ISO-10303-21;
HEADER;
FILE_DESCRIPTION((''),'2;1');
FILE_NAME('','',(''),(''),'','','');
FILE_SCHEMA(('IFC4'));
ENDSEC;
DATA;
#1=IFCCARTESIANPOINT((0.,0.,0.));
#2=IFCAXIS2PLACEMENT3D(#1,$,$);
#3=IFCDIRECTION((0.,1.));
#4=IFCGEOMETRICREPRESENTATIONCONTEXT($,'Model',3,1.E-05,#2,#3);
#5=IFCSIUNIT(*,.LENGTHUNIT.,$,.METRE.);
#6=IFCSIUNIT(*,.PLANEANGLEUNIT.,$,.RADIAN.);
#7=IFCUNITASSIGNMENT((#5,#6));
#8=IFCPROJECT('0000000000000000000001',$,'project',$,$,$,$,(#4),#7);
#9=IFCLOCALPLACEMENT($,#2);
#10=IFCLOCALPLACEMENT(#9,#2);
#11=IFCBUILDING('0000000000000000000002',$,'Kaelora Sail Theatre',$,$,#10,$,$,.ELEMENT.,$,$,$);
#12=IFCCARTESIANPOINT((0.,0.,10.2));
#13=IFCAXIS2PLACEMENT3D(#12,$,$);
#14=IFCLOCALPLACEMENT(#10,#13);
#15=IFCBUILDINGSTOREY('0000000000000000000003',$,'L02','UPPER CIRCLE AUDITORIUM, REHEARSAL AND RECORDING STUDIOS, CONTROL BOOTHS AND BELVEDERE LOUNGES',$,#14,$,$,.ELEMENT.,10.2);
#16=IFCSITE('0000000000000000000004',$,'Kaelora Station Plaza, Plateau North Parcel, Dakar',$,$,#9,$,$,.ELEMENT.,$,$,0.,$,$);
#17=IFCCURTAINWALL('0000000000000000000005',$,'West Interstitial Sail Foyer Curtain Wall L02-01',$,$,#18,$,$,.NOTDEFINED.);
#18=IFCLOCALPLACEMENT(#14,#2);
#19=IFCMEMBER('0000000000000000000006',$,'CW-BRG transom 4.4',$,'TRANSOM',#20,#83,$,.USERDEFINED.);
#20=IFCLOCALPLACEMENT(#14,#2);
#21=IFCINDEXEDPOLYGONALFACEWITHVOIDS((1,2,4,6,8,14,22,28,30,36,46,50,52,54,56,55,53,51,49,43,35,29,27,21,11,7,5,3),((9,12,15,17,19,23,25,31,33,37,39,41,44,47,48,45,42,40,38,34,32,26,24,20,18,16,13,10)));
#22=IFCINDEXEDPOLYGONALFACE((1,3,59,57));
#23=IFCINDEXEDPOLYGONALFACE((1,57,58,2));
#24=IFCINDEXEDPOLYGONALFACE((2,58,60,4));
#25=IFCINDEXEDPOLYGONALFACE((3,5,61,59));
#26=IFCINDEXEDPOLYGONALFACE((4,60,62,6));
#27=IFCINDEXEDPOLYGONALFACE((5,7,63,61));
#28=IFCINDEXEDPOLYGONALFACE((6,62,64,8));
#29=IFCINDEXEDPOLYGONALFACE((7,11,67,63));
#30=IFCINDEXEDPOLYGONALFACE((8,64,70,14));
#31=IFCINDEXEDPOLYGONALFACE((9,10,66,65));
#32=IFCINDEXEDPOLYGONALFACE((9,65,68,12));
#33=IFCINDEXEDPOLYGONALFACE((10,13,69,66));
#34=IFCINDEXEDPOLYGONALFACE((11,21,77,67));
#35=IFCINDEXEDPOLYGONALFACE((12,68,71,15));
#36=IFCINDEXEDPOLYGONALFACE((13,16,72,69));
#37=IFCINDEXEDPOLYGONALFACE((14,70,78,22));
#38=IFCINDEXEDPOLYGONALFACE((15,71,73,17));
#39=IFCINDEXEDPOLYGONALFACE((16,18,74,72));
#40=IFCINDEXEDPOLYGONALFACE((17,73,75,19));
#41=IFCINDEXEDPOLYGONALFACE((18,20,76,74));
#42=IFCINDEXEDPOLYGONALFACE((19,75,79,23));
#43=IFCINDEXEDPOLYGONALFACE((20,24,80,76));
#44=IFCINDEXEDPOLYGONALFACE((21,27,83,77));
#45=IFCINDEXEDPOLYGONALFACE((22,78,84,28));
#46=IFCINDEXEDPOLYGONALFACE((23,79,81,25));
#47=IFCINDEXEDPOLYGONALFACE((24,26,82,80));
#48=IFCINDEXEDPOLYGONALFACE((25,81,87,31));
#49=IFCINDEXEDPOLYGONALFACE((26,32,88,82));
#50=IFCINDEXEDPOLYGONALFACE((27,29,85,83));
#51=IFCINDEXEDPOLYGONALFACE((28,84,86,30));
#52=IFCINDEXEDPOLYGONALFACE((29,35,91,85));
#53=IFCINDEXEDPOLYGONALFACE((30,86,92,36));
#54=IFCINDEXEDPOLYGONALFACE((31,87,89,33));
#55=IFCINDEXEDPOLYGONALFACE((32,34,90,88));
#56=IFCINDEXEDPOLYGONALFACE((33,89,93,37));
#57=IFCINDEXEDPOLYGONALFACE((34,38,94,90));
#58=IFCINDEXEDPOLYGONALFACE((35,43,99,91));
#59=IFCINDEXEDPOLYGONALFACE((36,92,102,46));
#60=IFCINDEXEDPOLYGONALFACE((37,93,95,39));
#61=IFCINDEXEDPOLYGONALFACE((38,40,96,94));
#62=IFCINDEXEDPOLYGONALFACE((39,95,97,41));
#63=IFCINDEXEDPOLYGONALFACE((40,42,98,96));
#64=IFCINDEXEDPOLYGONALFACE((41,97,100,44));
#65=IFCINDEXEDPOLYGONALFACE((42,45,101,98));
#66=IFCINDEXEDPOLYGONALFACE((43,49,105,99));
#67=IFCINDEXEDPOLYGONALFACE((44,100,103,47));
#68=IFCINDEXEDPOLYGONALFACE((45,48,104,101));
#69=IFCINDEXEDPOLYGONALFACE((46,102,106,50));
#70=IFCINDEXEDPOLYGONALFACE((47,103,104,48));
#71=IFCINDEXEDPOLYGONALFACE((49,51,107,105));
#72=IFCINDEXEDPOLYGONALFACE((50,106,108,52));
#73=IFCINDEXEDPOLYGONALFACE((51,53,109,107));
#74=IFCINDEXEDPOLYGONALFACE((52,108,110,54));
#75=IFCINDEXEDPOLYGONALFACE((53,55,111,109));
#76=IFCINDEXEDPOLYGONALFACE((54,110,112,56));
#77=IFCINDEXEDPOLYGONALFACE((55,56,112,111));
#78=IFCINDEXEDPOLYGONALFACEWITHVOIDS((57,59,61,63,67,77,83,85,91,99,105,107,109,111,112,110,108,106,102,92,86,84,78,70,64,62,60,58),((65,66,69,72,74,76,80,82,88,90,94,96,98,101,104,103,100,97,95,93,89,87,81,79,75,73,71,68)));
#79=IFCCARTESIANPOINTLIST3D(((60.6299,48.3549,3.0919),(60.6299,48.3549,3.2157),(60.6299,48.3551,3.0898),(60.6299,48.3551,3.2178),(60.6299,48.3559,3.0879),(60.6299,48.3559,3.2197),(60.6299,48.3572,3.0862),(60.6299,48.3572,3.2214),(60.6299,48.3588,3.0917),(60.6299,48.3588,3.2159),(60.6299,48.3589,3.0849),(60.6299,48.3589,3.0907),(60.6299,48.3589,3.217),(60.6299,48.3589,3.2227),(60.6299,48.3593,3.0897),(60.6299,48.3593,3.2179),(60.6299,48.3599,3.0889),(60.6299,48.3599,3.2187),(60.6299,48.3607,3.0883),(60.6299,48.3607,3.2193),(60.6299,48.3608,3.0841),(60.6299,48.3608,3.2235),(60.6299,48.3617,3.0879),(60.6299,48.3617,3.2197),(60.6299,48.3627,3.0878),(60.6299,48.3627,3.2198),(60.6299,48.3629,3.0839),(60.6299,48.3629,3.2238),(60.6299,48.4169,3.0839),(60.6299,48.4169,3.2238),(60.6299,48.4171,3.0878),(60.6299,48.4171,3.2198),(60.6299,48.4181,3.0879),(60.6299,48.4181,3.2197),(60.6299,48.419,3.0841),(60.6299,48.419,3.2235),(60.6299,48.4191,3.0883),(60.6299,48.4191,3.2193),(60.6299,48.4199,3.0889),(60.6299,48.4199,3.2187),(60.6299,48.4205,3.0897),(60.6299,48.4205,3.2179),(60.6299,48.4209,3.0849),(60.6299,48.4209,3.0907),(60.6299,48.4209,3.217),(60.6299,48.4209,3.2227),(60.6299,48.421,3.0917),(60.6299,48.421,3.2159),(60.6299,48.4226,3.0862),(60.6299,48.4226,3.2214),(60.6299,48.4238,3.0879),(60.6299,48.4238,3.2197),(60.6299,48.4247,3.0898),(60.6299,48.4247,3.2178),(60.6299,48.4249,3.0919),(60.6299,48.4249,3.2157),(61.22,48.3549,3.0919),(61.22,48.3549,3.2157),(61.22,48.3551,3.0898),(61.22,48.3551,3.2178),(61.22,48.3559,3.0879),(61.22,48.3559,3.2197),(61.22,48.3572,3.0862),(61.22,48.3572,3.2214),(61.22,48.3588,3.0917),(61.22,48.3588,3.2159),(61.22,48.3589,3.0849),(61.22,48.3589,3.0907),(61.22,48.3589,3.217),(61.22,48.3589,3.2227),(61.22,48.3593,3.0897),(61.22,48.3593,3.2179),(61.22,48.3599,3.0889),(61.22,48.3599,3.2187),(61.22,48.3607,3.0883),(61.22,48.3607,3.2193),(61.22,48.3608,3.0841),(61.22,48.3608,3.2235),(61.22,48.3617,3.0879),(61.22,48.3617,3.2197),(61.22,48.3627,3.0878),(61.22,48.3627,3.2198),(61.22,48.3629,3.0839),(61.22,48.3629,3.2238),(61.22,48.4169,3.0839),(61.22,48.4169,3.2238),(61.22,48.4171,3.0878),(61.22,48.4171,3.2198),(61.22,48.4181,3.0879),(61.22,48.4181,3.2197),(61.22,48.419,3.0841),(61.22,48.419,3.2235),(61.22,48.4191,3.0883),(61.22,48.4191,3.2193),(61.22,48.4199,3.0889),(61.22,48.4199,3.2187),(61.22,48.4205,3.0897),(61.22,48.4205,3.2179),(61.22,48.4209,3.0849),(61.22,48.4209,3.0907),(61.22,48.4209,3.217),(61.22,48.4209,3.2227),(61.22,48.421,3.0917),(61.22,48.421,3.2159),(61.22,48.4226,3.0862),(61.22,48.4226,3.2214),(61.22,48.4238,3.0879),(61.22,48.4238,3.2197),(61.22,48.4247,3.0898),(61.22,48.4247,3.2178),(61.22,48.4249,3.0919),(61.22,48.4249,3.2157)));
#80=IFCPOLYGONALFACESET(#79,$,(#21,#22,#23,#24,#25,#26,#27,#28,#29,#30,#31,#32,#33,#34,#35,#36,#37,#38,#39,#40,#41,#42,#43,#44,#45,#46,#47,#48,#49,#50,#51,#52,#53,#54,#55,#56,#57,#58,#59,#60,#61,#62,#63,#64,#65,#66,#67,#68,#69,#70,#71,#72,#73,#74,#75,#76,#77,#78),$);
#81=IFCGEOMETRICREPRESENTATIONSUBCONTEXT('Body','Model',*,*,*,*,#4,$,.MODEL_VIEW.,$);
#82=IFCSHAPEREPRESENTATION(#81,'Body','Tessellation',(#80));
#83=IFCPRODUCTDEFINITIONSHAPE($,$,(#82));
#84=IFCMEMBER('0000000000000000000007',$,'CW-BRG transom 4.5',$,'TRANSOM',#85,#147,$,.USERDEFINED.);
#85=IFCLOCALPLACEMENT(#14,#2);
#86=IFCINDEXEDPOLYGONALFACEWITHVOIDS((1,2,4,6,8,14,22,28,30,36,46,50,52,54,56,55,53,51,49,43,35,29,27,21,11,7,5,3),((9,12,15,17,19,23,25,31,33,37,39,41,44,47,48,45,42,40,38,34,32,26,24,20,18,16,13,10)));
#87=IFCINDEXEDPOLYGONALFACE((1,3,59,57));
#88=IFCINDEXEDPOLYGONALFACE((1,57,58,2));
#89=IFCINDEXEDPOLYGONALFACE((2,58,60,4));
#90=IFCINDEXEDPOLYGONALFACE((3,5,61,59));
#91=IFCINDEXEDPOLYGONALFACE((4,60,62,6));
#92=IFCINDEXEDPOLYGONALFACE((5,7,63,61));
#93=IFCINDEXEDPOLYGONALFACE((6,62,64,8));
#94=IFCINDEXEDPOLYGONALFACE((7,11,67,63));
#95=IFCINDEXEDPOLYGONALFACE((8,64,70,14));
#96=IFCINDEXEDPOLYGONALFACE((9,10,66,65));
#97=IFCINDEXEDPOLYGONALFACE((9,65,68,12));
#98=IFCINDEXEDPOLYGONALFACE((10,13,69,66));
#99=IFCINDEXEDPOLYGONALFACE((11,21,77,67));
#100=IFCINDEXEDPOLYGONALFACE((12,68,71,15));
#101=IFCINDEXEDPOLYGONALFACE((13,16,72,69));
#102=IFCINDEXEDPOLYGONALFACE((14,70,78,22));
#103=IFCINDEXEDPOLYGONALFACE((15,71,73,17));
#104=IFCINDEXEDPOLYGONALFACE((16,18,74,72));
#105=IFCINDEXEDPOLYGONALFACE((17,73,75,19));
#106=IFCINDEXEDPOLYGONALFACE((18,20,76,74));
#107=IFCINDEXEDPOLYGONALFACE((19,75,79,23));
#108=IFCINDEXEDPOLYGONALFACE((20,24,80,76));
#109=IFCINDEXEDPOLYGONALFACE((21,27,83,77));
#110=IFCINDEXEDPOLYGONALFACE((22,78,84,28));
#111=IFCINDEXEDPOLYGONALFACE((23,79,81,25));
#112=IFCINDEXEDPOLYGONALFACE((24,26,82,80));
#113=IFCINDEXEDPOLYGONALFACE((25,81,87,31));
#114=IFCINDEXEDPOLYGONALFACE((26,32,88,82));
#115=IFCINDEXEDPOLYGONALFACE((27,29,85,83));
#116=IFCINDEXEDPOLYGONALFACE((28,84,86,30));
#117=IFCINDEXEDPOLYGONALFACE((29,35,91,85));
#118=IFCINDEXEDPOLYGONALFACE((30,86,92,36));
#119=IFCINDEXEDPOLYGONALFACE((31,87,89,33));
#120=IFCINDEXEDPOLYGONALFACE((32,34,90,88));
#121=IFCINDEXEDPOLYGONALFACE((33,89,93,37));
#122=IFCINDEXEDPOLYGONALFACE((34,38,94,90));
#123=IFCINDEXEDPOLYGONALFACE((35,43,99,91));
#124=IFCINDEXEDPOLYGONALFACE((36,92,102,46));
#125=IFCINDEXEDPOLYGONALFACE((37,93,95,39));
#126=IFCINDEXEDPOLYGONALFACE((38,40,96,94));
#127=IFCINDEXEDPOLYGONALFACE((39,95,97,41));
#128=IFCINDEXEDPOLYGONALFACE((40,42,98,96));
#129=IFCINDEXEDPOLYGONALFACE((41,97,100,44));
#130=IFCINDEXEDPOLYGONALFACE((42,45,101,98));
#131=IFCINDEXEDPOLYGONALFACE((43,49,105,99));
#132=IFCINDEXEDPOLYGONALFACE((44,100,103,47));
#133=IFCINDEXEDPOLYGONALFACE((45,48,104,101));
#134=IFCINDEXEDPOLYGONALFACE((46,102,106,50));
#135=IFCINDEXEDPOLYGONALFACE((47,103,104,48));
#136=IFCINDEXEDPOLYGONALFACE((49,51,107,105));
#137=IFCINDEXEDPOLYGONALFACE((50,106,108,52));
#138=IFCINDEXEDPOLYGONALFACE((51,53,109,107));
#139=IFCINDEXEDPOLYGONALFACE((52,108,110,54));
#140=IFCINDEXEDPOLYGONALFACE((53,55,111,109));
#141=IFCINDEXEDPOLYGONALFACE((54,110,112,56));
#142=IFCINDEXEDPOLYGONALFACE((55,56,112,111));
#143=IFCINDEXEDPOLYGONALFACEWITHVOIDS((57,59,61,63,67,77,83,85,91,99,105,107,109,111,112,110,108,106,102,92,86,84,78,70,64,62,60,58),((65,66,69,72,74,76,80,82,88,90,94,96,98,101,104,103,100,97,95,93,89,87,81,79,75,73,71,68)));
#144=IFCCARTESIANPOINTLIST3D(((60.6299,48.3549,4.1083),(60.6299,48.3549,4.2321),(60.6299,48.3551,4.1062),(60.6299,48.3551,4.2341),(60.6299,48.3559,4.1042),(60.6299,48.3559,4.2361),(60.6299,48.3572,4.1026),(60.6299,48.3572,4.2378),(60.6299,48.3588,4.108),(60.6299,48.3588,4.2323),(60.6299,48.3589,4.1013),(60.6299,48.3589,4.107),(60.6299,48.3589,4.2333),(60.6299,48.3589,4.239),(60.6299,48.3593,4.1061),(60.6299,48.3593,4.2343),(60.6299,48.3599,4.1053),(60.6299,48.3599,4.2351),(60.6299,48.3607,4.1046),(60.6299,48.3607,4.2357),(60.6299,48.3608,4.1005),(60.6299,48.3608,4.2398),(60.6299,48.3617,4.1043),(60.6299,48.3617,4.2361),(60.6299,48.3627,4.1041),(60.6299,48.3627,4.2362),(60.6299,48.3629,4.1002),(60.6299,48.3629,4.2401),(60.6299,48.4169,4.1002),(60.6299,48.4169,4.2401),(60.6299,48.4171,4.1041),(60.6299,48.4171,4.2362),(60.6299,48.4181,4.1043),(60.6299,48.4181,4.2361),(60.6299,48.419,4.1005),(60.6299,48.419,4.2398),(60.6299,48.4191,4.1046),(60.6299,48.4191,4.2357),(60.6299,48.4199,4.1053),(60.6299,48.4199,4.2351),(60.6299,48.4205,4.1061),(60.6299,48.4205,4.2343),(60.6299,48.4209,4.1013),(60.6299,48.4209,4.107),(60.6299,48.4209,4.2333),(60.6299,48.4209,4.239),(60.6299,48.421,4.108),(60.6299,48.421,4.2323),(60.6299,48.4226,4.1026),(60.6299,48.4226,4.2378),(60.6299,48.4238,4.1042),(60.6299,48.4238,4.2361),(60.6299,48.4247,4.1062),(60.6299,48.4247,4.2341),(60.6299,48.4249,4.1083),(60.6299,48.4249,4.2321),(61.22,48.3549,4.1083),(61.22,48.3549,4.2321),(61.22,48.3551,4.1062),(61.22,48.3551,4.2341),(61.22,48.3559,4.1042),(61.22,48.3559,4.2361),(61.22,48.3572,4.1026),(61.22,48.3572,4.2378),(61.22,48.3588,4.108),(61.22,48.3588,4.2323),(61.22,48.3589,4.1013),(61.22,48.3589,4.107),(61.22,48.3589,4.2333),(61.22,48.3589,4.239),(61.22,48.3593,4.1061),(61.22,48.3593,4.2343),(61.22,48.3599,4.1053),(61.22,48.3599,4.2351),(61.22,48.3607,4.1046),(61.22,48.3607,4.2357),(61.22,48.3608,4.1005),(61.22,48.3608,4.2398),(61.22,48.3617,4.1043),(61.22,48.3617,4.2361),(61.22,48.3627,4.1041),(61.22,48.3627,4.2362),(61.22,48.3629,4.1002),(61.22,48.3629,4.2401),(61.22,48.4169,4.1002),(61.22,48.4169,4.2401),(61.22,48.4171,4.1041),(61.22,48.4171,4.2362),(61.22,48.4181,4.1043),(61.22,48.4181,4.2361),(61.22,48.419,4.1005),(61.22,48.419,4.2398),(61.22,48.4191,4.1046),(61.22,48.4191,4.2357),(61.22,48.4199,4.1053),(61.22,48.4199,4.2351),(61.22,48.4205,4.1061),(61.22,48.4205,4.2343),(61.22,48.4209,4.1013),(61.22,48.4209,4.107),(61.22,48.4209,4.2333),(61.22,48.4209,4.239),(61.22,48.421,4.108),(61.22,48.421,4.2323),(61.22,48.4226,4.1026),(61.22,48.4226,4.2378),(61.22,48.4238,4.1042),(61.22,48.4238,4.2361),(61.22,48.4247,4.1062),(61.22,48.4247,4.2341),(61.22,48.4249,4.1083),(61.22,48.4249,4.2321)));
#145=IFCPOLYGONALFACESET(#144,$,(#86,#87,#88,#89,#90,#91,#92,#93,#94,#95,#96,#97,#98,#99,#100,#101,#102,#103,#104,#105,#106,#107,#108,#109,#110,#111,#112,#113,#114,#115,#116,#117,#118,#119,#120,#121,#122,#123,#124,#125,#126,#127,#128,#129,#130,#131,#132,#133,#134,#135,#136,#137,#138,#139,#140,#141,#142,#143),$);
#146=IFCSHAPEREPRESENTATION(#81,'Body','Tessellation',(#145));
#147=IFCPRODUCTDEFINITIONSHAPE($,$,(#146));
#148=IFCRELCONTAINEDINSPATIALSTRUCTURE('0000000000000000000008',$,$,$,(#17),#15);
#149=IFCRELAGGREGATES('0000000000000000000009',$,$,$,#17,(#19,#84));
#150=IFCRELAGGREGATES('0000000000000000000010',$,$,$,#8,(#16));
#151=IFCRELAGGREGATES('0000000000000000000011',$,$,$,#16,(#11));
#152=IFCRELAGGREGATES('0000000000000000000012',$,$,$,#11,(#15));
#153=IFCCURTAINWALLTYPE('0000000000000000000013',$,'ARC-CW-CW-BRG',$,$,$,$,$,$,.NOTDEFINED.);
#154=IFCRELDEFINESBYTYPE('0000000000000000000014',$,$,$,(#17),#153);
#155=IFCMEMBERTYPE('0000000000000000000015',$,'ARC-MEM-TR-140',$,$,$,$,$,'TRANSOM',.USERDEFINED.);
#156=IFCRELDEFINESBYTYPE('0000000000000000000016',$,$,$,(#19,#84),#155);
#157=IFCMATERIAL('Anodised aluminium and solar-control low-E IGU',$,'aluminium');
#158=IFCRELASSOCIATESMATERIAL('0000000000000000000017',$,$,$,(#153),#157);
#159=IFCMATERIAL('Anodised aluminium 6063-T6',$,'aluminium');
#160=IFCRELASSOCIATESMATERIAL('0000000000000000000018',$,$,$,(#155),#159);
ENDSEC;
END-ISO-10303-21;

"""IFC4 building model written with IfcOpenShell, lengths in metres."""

from ifc_helpers import new_model, si_unit, direction, frame, origin, origin_2d, place, context, subcontext, project, spatial, hollow_rectangle, extrude, material, material_profile, profile_set, type_object, element, aggregate, save


model = new_model("IFC4")

# Units and contexts
model_context = context("Model", 3, precision=1e-05, world=origin(), true_north=direction((0.0, 1.0)))
body_context = subcontext(model_context, "Body", "Model", "MODEL_VIEW")
ifc_project = project(units=[si_unit("LENGTHUNIT", "METRE"), si_unit("PLANEANGLEUNIT", "RADIAN")], contexts=[model_context])

# Site, building, storey
site_placement = place(None, origin())
site = spatial("IfcSite", under=ifc_project, at=site_placement, Name="Kaelora Station Plaza, Plateau North Parcel, Dakar", CompositionType="ELEMENT", RefElevation=0.0)
building_placement = place(site_placement, origin())
building = spatial("IfcBuilding", under=site, at=building_placement, Name="Kaelora Sail Theatre", CompositionType="ELEMENT")
storey_placement = place(building_placement, frame((0.0, 0.0, 10.2)))
storey = spatial("IfcBuildingStorey", under=building, at=storey_placement, Name="L02", Description="UPPER CIRCLE AUDITORIUM, REHEARSAL AND RECORDING STUDIOS, CONTROL BOOTHS AND BELVEDERE LOUNGES", CompositionType="ELEMENT", Elevation=10.2)

# Curtain wall, members
ifc_material_1 = material(Name="Anodised aluminium and solar-control low-E IGU", Category="aluminium")
curtain_wall_type = type_object("IfcCurtainWallType", Name="ARC-CW-CW-BRG", PredefinedType="NOTDEFINED", material=ifc_material_1)
curtain_wall_placement = place(storey_placement, origin())
curtain_wall = element("IfcCurtainWall", 1, at=curtain_wall_placement, inside=storey, type_object=curtain_wall_type, Name="West Interstitial Sail Foyer Curtain Wall L02-01", PredefinedType="NOTDEFINED")
ifc_material_2 = material(Name="Anodised aluminium 6063-T6", Category="aluminium")
ifc_material_profile_1 = material_profile(ifc_material_2, hollow_rectangle(XDim=0.0701, YDim=0.1399, WallThickness=0.0039, InnerFilletRadius=0.0039, OuterFilletRadius=0.0081, at=origin_2d()), Name="ALU-TRAN 70x140x4")
ifc_profile_set_1 = profile_set([ifc_material_profile_1], Name="Anodised aluminium 6063-T6")
member_type_1 = type_object("IfcMemberType", Name="ARC-MEM-TR-140", ElementType="TRANSOM", PredefinedType="USERDEFINED", material=ifc_profile_set_1)
member_1_placement = place(storey_placement, frame((60.6299, 48.3899, 3.1538), z_axis=(1.0, 0.0, 0.0), x_axis=(0.0, 1.0, 0.0)))
member_1 = element("IfcMember", 2, at=member_1_placement, type_object=member_type_1, Name="CW-BRG transom 4.4", ObjectType="TRANSOM", PredefinedType="USERDEFINED", context=body_context, shape_type="SweptSolid", body=[
    extrude(hollow_rectangle(XDim=0.0701, YDim=0.1399, WallThickness=0.0039, InnerFilletRadius=0.0039, OuterFilletRadius=0.0081, at=origin_2d()), origin(), (0.0, 0.0, 1.0), 0.5901),
])
member_2_placement = place(storey_placement, frame((60.6299, 48.3899, 4.1702), z_axis=(1.0, 0.0, 0.0), x_axis=(0.0, 1.0, 0.0)))
member_2 = element("IfcMember", 3, at=member_2_placement, type_object=member_type_1, Name="CW-BRG transom 4.5", ObjectType="TRANSOM", PredefinedType="USERDEFINED", context=body_context, shape_type="SweptSolid", body=[
    extrude(hollow_rectangle(XDim=0.0701, YDim=0.1399, WallThickness=0.0039, InnerFilletRadius=0.0039, OuterFilletRadius=0.0081, at=origin_2d()), origin(), (0.0, 0.0, 1.0), 0.5901),
])
aggregate(curtain_wall, [member_1, member_2])

save(model, "model.ifc")
